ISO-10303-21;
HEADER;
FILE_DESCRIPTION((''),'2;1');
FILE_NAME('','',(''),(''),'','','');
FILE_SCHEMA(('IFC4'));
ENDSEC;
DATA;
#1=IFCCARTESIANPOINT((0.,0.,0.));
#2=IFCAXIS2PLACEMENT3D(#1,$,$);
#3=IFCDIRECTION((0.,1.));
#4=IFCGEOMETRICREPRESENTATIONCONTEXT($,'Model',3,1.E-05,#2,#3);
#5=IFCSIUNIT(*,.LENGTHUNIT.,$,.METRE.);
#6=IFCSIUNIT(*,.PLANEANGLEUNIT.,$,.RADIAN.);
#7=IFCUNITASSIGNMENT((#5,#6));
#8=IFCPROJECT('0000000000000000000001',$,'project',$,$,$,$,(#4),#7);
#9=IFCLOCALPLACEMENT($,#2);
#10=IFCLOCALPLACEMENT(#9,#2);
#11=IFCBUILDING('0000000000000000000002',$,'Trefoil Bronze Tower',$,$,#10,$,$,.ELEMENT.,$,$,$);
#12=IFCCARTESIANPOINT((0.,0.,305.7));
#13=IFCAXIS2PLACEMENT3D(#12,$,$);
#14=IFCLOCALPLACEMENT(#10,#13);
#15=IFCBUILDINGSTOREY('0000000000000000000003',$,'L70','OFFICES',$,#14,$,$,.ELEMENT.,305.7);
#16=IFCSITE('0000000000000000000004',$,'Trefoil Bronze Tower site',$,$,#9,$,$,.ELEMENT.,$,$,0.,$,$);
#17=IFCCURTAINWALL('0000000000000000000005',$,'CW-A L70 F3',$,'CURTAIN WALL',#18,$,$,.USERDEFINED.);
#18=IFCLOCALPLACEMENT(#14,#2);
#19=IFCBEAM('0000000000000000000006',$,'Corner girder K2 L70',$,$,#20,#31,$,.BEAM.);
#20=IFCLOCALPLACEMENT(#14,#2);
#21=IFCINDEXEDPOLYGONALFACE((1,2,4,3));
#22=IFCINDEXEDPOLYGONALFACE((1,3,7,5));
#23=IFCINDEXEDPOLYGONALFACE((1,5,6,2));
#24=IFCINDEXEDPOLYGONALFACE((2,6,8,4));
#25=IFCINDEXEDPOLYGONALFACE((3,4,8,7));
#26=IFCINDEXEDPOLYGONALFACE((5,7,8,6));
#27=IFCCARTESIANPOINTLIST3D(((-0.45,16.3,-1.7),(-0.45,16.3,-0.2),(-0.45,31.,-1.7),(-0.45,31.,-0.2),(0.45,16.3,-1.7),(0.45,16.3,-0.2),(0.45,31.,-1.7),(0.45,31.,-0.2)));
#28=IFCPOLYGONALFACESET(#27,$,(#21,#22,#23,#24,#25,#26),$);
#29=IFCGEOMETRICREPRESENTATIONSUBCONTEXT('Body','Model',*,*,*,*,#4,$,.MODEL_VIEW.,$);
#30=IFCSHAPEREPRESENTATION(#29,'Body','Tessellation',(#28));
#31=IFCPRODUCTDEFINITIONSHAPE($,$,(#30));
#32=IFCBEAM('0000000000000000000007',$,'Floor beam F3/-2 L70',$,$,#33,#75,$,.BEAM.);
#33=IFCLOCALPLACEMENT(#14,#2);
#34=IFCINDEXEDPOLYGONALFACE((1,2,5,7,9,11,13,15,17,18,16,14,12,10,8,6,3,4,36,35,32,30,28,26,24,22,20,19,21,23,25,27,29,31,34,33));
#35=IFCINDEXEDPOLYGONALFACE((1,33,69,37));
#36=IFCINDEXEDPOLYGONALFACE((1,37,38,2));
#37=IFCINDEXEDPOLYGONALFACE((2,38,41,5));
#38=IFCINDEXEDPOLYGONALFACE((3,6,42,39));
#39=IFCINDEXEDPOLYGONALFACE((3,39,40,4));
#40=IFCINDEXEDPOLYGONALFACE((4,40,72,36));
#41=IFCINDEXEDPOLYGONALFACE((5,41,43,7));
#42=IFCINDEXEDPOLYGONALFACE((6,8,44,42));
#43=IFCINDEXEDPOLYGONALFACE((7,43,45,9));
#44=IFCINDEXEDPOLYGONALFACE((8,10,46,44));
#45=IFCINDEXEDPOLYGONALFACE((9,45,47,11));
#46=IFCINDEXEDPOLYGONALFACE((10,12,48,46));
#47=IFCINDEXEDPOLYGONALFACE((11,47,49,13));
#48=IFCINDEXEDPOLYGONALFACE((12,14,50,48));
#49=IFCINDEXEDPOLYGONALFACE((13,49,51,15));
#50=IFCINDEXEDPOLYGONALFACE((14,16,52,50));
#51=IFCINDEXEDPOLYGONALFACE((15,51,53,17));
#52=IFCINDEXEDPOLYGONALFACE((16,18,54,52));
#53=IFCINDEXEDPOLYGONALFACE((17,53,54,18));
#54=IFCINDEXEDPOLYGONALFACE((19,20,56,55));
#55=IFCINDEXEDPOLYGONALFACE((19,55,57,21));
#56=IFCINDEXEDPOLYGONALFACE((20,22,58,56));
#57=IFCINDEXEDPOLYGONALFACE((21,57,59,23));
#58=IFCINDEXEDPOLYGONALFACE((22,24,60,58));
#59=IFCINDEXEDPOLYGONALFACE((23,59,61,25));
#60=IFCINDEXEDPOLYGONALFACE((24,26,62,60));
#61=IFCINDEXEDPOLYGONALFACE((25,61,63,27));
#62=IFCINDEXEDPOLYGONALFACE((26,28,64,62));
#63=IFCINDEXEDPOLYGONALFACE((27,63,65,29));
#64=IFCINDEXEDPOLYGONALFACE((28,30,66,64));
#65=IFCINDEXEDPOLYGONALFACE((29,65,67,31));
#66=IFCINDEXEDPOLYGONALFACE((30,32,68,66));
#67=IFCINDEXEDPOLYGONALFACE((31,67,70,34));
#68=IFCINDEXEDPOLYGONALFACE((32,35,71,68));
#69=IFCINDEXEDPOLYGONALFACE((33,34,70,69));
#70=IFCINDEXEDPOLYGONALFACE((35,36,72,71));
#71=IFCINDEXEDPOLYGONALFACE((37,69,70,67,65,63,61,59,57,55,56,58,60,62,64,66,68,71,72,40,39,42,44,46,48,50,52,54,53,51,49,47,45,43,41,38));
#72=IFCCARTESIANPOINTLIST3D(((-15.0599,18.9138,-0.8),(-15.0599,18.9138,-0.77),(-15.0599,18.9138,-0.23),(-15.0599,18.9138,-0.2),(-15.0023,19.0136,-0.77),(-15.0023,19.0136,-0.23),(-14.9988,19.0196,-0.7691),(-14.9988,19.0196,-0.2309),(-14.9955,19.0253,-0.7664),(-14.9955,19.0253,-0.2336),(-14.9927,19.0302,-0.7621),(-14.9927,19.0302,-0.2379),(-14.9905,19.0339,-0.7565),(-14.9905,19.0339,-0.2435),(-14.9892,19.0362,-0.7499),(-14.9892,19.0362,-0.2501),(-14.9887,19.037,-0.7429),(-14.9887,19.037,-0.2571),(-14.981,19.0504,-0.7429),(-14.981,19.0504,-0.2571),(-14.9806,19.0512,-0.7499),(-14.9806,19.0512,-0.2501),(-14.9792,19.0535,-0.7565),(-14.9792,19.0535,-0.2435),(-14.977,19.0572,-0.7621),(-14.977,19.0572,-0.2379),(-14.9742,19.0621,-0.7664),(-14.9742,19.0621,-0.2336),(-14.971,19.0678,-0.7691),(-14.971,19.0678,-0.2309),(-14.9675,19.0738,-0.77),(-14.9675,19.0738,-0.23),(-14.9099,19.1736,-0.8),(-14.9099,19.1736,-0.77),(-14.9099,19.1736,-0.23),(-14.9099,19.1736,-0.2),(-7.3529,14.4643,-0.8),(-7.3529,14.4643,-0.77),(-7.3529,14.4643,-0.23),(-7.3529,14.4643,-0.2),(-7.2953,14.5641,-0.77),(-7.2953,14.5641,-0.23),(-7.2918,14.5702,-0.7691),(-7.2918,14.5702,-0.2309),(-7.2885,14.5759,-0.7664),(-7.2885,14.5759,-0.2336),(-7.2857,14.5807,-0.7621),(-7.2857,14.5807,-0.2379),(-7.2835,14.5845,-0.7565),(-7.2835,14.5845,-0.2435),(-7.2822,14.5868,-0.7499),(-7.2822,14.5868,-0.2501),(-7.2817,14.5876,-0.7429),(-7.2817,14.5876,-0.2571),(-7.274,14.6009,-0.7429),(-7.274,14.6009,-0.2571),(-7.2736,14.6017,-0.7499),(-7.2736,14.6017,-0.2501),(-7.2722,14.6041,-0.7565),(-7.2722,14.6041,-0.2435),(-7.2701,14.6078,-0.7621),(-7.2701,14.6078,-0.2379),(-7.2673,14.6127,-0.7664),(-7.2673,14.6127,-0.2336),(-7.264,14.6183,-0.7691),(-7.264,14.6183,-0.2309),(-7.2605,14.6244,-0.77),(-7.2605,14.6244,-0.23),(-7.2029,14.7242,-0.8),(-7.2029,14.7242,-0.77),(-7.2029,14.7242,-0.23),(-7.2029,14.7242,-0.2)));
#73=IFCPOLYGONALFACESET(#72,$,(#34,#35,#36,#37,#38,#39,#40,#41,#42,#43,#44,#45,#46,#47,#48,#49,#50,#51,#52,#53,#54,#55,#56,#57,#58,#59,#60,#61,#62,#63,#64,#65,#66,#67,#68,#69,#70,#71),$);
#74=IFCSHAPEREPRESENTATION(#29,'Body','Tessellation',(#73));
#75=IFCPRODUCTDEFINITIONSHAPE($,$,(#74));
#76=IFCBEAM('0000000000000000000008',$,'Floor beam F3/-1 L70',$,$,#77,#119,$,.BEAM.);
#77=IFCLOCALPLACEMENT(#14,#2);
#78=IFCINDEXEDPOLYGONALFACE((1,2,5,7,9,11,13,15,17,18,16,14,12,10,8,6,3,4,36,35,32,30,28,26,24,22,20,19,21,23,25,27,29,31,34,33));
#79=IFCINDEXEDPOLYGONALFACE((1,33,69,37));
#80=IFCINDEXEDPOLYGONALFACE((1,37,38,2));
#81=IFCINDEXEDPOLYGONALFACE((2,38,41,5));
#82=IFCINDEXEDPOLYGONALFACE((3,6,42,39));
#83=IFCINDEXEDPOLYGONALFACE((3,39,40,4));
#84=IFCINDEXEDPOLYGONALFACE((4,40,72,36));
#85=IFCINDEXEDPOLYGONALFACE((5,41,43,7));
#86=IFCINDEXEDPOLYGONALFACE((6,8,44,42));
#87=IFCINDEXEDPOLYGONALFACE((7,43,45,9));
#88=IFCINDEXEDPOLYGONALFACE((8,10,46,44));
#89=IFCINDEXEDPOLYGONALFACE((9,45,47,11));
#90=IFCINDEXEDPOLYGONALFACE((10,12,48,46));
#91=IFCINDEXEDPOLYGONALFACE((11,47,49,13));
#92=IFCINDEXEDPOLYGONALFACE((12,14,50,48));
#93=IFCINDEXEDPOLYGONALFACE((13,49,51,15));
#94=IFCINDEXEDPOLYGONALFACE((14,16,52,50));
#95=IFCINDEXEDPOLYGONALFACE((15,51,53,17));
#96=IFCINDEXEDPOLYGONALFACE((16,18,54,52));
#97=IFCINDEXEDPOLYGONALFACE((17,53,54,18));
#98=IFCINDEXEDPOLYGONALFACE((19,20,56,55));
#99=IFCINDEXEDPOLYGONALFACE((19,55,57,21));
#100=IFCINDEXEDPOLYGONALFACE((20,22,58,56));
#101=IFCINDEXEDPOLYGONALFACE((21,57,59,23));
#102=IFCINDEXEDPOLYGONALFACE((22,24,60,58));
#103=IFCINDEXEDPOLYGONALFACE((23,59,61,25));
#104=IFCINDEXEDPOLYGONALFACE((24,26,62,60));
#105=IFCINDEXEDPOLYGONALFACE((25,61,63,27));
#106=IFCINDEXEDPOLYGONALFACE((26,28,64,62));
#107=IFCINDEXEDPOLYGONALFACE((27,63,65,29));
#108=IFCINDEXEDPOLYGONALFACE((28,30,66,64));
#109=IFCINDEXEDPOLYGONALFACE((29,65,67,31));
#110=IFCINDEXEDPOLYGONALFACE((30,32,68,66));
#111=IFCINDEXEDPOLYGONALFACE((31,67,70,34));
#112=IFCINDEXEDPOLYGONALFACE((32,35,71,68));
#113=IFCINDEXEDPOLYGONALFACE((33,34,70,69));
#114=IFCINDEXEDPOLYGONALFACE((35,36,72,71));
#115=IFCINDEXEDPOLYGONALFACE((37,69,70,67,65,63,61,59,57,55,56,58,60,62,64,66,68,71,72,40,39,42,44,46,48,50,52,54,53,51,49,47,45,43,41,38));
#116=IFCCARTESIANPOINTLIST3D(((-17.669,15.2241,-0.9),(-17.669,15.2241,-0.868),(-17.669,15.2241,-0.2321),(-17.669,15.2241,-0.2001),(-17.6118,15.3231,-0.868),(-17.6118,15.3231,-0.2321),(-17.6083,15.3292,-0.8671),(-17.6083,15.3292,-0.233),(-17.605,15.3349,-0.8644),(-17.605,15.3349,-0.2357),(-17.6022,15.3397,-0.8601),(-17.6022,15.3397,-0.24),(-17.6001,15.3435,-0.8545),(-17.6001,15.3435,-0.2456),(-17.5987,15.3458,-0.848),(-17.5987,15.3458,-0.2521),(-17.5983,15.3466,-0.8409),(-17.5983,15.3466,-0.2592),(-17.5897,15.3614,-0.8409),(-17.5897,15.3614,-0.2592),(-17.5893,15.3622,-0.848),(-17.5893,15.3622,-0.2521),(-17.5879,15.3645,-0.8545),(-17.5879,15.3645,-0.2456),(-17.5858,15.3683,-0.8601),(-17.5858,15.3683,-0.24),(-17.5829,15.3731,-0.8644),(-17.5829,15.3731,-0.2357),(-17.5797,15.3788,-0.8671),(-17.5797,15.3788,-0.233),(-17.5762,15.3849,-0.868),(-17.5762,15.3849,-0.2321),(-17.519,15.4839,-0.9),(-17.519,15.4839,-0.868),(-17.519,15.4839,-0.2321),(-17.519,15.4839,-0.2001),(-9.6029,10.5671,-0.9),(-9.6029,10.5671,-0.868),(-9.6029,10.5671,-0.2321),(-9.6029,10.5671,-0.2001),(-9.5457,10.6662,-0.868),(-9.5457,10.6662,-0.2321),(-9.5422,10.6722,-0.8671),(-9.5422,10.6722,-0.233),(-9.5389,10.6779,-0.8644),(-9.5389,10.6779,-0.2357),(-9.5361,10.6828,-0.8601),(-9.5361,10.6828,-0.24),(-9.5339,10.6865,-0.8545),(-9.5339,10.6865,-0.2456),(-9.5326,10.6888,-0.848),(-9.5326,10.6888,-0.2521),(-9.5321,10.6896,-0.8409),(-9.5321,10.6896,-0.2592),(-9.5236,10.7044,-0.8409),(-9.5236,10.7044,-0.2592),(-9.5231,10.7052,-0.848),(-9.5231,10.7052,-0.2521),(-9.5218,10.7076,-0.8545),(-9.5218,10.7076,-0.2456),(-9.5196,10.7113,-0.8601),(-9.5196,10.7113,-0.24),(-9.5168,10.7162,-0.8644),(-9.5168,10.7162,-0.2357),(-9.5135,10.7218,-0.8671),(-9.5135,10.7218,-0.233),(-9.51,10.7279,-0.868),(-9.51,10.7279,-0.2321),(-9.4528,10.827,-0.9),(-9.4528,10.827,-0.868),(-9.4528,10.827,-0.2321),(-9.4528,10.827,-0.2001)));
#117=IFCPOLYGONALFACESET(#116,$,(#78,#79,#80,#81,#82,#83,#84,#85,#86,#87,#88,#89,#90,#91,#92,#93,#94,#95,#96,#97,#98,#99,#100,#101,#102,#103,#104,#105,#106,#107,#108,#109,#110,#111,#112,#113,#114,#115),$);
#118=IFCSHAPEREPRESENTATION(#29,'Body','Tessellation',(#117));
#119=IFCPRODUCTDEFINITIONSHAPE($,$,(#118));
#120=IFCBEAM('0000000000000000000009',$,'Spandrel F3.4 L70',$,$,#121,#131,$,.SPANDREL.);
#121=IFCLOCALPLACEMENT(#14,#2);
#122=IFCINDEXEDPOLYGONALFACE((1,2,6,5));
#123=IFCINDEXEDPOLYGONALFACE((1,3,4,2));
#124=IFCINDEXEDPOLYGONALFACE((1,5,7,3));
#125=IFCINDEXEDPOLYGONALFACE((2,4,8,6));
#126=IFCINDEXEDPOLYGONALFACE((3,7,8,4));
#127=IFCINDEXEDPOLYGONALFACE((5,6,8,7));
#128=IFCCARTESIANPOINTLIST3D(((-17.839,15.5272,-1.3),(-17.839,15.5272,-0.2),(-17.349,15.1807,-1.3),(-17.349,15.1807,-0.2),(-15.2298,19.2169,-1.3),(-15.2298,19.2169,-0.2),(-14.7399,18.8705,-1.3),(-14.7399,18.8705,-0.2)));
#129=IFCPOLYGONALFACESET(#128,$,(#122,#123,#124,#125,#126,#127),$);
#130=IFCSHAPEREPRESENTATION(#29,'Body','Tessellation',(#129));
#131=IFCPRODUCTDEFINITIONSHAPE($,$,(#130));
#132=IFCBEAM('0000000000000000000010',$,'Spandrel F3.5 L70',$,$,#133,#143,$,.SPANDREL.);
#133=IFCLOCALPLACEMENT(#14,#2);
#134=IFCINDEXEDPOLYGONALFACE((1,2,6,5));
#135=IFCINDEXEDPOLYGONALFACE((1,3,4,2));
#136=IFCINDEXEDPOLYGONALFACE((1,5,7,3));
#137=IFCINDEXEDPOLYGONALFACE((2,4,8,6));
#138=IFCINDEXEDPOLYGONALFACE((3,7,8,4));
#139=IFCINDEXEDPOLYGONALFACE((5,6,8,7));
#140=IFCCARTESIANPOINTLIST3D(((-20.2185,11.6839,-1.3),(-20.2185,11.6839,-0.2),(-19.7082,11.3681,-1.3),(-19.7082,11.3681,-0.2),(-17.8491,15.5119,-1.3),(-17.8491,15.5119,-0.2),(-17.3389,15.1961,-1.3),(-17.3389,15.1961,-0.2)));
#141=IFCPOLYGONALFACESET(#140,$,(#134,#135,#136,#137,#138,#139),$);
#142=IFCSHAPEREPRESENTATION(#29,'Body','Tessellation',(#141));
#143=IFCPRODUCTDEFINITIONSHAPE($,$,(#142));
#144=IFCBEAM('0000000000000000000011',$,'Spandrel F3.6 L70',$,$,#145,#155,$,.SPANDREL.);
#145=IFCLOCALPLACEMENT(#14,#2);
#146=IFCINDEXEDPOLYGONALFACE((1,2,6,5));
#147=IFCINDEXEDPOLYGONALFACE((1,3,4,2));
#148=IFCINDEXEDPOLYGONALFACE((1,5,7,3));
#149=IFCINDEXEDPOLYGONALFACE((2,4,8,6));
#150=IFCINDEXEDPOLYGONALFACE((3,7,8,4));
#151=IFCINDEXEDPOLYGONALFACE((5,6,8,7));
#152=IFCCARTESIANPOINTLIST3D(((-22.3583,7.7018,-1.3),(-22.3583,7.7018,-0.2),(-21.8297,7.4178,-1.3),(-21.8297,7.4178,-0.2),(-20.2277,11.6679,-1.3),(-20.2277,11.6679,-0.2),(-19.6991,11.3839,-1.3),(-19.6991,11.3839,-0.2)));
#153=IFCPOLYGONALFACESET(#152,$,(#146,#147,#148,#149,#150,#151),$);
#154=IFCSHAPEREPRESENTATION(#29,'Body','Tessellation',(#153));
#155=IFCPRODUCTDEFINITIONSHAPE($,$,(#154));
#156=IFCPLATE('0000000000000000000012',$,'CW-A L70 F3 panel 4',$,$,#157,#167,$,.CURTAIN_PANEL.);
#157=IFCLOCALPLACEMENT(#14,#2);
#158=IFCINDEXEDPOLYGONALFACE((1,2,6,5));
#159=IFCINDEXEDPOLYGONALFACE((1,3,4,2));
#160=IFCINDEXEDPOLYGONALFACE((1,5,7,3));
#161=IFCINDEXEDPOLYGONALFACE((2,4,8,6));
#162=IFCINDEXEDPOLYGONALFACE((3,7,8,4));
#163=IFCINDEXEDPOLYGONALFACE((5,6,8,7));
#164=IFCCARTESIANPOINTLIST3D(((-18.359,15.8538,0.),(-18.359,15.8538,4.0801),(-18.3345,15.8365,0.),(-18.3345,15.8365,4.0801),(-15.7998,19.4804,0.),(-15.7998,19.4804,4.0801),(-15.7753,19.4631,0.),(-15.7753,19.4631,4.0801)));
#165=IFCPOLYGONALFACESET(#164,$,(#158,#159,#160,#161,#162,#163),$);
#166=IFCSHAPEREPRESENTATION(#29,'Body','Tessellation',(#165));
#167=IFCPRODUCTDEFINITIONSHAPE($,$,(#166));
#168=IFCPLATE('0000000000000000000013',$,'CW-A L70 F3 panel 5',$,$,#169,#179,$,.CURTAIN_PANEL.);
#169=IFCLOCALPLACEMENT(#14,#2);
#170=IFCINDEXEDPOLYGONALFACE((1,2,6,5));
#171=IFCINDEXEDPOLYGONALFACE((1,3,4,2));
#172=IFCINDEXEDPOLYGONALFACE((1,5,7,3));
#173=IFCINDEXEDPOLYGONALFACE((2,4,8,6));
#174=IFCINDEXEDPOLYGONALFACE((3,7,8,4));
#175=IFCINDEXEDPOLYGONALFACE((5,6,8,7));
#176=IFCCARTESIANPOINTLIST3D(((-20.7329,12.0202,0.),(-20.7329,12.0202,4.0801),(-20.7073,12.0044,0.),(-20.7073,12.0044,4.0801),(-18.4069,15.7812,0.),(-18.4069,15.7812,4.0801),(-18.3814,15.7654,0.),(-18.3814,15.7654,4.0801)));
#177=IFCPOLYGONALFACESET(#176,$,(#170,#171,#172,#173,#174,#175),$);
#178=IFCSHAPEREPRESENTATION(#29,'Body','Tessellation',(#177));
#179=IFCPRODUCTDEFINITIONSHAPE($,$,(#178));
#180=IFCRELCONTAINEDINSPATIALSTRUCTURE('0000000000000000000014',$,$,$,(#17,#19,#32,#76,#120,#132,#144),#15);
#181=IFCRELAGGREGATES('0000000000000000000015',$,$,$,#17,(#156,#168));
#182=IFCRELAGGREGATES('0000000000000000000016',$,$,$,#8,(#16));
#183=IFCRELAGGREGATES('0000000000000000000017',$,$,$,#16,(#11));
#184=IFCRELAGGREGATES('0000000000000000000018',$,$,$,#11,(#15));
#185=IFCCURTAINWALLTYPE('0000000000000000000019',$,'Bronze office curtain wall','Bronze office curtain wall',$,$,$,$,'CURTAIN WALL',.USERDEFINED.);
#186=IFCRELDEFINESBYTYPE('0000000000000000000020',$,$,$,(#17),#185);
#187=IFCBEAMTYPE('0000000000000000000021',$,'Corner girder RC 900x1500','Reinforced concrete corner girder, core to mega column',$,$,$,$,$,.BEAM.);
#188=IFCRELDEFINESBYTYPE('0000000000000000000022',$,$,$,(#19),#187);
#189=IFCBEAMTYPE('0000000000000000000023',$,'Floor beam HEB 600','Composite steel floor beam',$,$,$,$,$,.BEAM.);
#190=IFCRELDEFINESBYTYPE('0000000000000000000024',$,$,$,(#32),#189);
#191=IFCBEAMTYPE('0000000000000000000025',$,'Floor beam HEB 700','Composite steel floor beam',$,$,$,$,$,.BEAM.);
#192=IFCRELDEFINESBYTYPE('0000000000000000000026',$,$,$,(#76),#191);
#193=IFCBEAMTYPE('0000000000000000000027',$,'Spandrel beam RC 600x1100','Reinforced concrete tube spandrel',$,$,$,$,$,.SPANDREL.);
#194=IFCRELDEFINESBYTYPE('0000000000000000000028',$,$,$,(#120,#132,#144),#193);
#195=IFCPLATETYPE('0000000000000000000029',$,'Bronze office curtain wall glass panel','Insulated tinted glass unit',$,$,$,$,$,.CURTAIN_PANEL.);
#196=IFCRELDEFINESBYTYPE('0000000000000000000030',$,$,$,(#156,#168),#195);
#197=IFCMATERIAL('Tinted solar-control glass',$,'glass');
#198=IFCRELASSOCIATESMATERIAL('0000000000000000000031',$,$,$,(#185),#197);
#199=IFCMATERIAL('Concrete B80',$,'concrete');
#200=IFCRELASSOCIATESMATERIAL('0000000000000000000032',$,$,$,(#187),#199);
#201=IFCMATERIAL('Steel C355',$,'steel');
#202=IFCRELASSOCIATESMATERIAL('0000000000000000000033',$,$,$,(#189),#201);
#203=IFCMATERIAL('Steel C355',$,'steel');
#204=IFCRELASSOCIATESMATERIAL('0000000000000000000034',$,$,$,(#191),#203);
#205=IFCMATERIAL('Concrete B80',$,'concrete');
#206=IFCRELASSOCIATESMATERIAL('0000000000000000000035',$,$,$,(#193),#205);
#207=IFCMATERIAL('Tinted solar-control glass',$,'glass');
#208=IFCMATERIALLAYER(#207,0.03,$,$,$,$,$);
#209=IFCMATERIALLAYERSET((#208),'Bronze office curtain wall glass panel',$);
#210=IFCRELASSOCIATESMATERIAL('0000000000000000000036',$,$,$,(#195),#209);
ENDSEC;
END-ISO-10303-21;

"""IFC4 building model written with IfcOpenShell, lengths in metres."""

from ifc_helpers import new_model, si_unit, direction, frame, origin, origin_2d, place, context, subcontext, project, spatial, rectangle, i_section, extrude, material, layer, layer_set, material_profile, profile_set, type_object, element, aggregate, save


model = new_model("IFC4")

# Units and contexts
model_context = context("Model", 3, precision=1e-05, world=origin(), true_north=direction((0.0, 1.0)))
body_context = subcontext(model_context, "Body", "Model", "MODEL_VIEW")
ifc_project = project(units=[si_unit("LENGTHUNIT", "METRE"), si_unit("PLANEANGLEUNIT", "RADIAN")], contexts=[model_context])

# Site, building, storey
site_placement = place(None, origin())
site = spatial("IfcSite", under=ifc_project, at=site_placement, Name="Trefoil Bronze Tower site", CompositionType="ELEMENT", RefElevation=0.0)
building_placement = place(site_placement, origin())
building = spatial("IfcBuilding", under=site, at=building_placement, Name="Trefoil Bronze Tower", CompositionType="ELEMENT")
storey_placement = place(building_placement, frame((0.0, 0.0, 305.7)))
storey = spatial("IfcBuildingStorey", under=building, at=storey_placement, Name="L70", Description="OFFICES", CompositionType="ELEMENT", Elevation=305.7)

# Curtain wall
ifc_material_1 = material(Name="Tinted solar-control glass", Category="glass")
curtain_wall_type = type_object("IfcCurtainWallType", Name="Bronze office curtain wall", Description="Bronze office curtain wall", ElementType="CURTAIN WALL", PredefinedType="USERDEFINED", material=ifc_material_1)
curtain_wall_placement = place(storey_placement, origin())
curtain_wall = element("IfcCurtainWall", 1, at=curtain_wall_placement, inside=storey, type_object=curtain_wall_type, Name="CW-A L70 F3", ObjectType="CURTAIN WALL", PredefinedType="USERDEFINED")

# Beams
ifc_material_2 = material(Name="Concrete B80", Category="concrete")
ifc_material_profile_1 = material_profile(ifc_material_2, rectangle(XDim=0.8999, YDim=1.5, at=origin_2d()), Name="RC 900x1500")
ifc_profile_set_1 = profile_set([ifc_material_profile_1], Name="Concrete B80")
beam_type_1 = type_object("IfcBeamType", Name="Corner girder RC 900x1500", Description="Reinforced concrete corner girder, core to mega column", PredefinedType="BEAM", material=ifc_profile_set_1)
beam_1_placement = place(storey_placement, frame((0.0, 16.3, -0.95), z_axis=(0.0, 1.0, 0.0), x_axis=(-1.0, 0.0, 0.0)))
element("IfcBeam", 2, at=beam_1_placement, inside=storey, type_object=beam_type_1, Name="Corner girder K2 L70", PredefinedType="BEAM", context=body_context, shape_type="SweptSolid", body=[
    extrude(rectangle(XDim=0.8999, YDim=1.5, at=origin_2d()), origin(), (0.0, 0.0, 1.0), 14.7),
])
ifc_material_3 = material(Name="Steel C355", Category="steel")
ifc_material_profile_2 = material_profile(ifc_material_3, i_section(OverallWidth=0.3, OverallDepth=0.6001, WebThickness=0.0154, FlangeThickness=0.03, FilletRadius=0.0271, at=origin_2d()), Name="HEB 600")
ifc_profile_set_2 = profile_set([ifc_material_profile_2], Name="Steel C355")
beam_type_2 = type_object("IfcBeamType", Name="Floor beam HEB 600", Description="Composite steel floor beam", PredefinedType="BEAM", material=ifc_profile_set_2)
beam_2_placement = place(storey_placement, frame((-14.9849, 19.0437, -0.5), z_axis=(0.866035, -0.499984, 0.0), x_axis=(0.499984, 0.866035, 0.0)))
element("IfcBeam", 3, at=beam_2_placement, inside=storey, type_object=beam_type_2, Name="Floor beam F3/-2 L70", PredefinedType="BEAM", context=body_context, shape_type="SweptSolid", body=[
    extrude(i_section(OverallWidth=0.3, OverallDepth=0.6001, WebThickness=0.0154, FlangeThickness=0.03, FilletRadius=0.0271, at=origin_2d()), origin(), (0.0, 0.0, 1.0), 8.8992),
])
ifc_material_4 = material(Name="Steel C355", Category="steel")
ifc_material_profile_3 = material_profile(ifc_material_4, i_section(OverallWidth=0.3, OverallDepth=0.7, WebThickness=0.0171, FlangeThickness=0.032, FilletRadius=0.0271, at=origin_2d()), Name="HEB 700")
ifc_profile_set_3 = profile_set([ifc_material_profile_3], Name="Steel C355")
beam_type_3 = type_object("IfcBeamType", Name="Floor beam HEB 700", Description="Composite steel floor beam", PredefinedType="BEAM", material=ifc_profile_set_3)
beam_3_placement = place(storey_placement, frame((-17.594, 15.354, -0.55), z_axis=(0.866026, -0.499999, 0.0), x_axis=(0.499999, 0.866026, 0.0)))
element("IfcBeam", 4, at=beam_3_placement, inside=storey, type_object=beam_type_3, Name="Floor beam F3/-1 L70", PredefinedType="BEAM", context=body_context, shape_type="SweptSolid", body=[
    extrude(i_section(OverallWidth=0.3, OverallDepth=0.7, WebThickness=0.0171, FlangeThickness=0.032, FilletRadius=0.0271, at=origin_2d()), origin(), (0.0, 0.0, 1.0), 9.314),
])
ifc_material_5 = material(Name="Concrete B80", Category="concrete")
ifc_material_profile_4 = material_profile(ifc_material_5, rectangle(XDim=0.6001, YDim=1.1001, at=origin_2d()), Name="RC 600x1100")
ifc_profile_set_4 = profile_set([ifc_material_profile_4], Name="Concrete B80")
beam_type_4 = type_object("IfcBeamType", Name="Spandrel beam RC 600x1100", Description="Reinforced concrete tube spandrel", PredefinedType="SPANDREL", material=ifc_profile_set_4)
beam_4_placement = place(storey_placement, frame((-14.9849, 19.0437, -0.75), z_axis=(-0.577368, -0.816484, 0.0), x_axis=(0.816484, -0.577368, 0.0)))
element("IfcBeam", 5, at=beam_4_placement, inside=storey, type_object=beam_type_4, Name="Spandrel F3.4 L70", PredefinedType="SPANDREL", context=body_context, shape_type="SweptSolid", body=[
    extrude(rectangle(XDim=0.6001, YDim=1.1001, at=origin_2d()), origin(), (0.0, 0.0, 1.0), 4.519),
])
beam_5_placement = place(storey_placement, frame((-17.594, 15.354, -0.75), z_axis=(-0.526289, -0.850306, 0.0), x_axis=(0.850306, -0.526289, 0.0)))
element("IfcBeam", 6, at=beam_5_placement, inside=storey, type_object=beam_type_4, Name="Spandrel F3.5 L70", PredefinedType="SPANDREL", context=body_context, shape_type="SweptSolid", body=[
    extrude(rectangle(XDim=0.6001, YDim=1.1001, at=origin_2d()), origin(), (0.0, 0.0, 1.0), 4.502),
])
beam_6_placement = place(storey_placement, frame((-19.9634, 11.5259, -0.75), z_axis=(-0.473246, -0.88093, 0.0), x_axis=(0.88093, -0.473246, 0.0)))
element("IfcBeam", 7, at=beam_6_placement, inside=storey, type_object=beam_type_4, Name="Spandrel F3.6 L70", PredefinedType="SPANDREL", context=body_context, shape_type="SweptSolid", body=[
    extrude(rectangle(XDim=0.6001, YDim=1.1001, at=origin_2d()), origin(), (0.0, 0.0, 1.0), 4.5022),
])

# Plates
ifc_material_6 = material(Name="Tinted solar-control glass", Category="glass")
ifc_layer_1 = layer(ifc_material_6, 0.03)
ifc_layer_set_1 = layer_set([ifc_layer_1], Name="Bronze office curtain wall glass panel")
plate_type = type_object("IfcPlateType", Name="Bronze office curtain wall glass panel", Description="Insulated tinted glass unit", PredefinedType="CURTAIN_PANEL", material=ifc_layer_set_1)
plate_1_placement = place(storey_placement, frame((-17.0671, 17.6584, 0.0), z_axis=(0.0, 0.0, 1.0), x_axis=(-0.576561, -0.817054, 0.0)))
plate_1 = element("IfcPlate", 8, at=plate_1_placement, type_object=plate_type, Name="CW-A L70 F3 panel 4", PredefinedType="CURTAIN_PANEL", context=body_context, shape_type="SweptSolid", body=[
    extrude(rectangle(XDim=4.4387, YDim=0.03, at=origin_2d()), origin(), (0.0, 0.0, 1.0), 4.0801),
])
plate_2_placement = place(storey_placement, frame((-19.5571, 13.8928, 0.0), z_axis=(0.0, 0.0, 1.0), x_axis=(-0.52598, -0.850497, 0.0)))
plate_2 = element("IfcPlate", 9, at=plate_2_placement, type_object=plate_type, Name="CW-A L70 F3 panel 5", PredefinedType="CURTAIN_PANEL", context=body_context, shape_type="SweptSolid", body=[
    extrude(rectangle(XDim=4.4221, YDim=0.03, at=origin_2d()), origin(), (0.0, 0.0, 1.0), 4.0801),
])
aggregate(curtain_wall, [plate_1, plate_2])

save(model, "model.ifc")
